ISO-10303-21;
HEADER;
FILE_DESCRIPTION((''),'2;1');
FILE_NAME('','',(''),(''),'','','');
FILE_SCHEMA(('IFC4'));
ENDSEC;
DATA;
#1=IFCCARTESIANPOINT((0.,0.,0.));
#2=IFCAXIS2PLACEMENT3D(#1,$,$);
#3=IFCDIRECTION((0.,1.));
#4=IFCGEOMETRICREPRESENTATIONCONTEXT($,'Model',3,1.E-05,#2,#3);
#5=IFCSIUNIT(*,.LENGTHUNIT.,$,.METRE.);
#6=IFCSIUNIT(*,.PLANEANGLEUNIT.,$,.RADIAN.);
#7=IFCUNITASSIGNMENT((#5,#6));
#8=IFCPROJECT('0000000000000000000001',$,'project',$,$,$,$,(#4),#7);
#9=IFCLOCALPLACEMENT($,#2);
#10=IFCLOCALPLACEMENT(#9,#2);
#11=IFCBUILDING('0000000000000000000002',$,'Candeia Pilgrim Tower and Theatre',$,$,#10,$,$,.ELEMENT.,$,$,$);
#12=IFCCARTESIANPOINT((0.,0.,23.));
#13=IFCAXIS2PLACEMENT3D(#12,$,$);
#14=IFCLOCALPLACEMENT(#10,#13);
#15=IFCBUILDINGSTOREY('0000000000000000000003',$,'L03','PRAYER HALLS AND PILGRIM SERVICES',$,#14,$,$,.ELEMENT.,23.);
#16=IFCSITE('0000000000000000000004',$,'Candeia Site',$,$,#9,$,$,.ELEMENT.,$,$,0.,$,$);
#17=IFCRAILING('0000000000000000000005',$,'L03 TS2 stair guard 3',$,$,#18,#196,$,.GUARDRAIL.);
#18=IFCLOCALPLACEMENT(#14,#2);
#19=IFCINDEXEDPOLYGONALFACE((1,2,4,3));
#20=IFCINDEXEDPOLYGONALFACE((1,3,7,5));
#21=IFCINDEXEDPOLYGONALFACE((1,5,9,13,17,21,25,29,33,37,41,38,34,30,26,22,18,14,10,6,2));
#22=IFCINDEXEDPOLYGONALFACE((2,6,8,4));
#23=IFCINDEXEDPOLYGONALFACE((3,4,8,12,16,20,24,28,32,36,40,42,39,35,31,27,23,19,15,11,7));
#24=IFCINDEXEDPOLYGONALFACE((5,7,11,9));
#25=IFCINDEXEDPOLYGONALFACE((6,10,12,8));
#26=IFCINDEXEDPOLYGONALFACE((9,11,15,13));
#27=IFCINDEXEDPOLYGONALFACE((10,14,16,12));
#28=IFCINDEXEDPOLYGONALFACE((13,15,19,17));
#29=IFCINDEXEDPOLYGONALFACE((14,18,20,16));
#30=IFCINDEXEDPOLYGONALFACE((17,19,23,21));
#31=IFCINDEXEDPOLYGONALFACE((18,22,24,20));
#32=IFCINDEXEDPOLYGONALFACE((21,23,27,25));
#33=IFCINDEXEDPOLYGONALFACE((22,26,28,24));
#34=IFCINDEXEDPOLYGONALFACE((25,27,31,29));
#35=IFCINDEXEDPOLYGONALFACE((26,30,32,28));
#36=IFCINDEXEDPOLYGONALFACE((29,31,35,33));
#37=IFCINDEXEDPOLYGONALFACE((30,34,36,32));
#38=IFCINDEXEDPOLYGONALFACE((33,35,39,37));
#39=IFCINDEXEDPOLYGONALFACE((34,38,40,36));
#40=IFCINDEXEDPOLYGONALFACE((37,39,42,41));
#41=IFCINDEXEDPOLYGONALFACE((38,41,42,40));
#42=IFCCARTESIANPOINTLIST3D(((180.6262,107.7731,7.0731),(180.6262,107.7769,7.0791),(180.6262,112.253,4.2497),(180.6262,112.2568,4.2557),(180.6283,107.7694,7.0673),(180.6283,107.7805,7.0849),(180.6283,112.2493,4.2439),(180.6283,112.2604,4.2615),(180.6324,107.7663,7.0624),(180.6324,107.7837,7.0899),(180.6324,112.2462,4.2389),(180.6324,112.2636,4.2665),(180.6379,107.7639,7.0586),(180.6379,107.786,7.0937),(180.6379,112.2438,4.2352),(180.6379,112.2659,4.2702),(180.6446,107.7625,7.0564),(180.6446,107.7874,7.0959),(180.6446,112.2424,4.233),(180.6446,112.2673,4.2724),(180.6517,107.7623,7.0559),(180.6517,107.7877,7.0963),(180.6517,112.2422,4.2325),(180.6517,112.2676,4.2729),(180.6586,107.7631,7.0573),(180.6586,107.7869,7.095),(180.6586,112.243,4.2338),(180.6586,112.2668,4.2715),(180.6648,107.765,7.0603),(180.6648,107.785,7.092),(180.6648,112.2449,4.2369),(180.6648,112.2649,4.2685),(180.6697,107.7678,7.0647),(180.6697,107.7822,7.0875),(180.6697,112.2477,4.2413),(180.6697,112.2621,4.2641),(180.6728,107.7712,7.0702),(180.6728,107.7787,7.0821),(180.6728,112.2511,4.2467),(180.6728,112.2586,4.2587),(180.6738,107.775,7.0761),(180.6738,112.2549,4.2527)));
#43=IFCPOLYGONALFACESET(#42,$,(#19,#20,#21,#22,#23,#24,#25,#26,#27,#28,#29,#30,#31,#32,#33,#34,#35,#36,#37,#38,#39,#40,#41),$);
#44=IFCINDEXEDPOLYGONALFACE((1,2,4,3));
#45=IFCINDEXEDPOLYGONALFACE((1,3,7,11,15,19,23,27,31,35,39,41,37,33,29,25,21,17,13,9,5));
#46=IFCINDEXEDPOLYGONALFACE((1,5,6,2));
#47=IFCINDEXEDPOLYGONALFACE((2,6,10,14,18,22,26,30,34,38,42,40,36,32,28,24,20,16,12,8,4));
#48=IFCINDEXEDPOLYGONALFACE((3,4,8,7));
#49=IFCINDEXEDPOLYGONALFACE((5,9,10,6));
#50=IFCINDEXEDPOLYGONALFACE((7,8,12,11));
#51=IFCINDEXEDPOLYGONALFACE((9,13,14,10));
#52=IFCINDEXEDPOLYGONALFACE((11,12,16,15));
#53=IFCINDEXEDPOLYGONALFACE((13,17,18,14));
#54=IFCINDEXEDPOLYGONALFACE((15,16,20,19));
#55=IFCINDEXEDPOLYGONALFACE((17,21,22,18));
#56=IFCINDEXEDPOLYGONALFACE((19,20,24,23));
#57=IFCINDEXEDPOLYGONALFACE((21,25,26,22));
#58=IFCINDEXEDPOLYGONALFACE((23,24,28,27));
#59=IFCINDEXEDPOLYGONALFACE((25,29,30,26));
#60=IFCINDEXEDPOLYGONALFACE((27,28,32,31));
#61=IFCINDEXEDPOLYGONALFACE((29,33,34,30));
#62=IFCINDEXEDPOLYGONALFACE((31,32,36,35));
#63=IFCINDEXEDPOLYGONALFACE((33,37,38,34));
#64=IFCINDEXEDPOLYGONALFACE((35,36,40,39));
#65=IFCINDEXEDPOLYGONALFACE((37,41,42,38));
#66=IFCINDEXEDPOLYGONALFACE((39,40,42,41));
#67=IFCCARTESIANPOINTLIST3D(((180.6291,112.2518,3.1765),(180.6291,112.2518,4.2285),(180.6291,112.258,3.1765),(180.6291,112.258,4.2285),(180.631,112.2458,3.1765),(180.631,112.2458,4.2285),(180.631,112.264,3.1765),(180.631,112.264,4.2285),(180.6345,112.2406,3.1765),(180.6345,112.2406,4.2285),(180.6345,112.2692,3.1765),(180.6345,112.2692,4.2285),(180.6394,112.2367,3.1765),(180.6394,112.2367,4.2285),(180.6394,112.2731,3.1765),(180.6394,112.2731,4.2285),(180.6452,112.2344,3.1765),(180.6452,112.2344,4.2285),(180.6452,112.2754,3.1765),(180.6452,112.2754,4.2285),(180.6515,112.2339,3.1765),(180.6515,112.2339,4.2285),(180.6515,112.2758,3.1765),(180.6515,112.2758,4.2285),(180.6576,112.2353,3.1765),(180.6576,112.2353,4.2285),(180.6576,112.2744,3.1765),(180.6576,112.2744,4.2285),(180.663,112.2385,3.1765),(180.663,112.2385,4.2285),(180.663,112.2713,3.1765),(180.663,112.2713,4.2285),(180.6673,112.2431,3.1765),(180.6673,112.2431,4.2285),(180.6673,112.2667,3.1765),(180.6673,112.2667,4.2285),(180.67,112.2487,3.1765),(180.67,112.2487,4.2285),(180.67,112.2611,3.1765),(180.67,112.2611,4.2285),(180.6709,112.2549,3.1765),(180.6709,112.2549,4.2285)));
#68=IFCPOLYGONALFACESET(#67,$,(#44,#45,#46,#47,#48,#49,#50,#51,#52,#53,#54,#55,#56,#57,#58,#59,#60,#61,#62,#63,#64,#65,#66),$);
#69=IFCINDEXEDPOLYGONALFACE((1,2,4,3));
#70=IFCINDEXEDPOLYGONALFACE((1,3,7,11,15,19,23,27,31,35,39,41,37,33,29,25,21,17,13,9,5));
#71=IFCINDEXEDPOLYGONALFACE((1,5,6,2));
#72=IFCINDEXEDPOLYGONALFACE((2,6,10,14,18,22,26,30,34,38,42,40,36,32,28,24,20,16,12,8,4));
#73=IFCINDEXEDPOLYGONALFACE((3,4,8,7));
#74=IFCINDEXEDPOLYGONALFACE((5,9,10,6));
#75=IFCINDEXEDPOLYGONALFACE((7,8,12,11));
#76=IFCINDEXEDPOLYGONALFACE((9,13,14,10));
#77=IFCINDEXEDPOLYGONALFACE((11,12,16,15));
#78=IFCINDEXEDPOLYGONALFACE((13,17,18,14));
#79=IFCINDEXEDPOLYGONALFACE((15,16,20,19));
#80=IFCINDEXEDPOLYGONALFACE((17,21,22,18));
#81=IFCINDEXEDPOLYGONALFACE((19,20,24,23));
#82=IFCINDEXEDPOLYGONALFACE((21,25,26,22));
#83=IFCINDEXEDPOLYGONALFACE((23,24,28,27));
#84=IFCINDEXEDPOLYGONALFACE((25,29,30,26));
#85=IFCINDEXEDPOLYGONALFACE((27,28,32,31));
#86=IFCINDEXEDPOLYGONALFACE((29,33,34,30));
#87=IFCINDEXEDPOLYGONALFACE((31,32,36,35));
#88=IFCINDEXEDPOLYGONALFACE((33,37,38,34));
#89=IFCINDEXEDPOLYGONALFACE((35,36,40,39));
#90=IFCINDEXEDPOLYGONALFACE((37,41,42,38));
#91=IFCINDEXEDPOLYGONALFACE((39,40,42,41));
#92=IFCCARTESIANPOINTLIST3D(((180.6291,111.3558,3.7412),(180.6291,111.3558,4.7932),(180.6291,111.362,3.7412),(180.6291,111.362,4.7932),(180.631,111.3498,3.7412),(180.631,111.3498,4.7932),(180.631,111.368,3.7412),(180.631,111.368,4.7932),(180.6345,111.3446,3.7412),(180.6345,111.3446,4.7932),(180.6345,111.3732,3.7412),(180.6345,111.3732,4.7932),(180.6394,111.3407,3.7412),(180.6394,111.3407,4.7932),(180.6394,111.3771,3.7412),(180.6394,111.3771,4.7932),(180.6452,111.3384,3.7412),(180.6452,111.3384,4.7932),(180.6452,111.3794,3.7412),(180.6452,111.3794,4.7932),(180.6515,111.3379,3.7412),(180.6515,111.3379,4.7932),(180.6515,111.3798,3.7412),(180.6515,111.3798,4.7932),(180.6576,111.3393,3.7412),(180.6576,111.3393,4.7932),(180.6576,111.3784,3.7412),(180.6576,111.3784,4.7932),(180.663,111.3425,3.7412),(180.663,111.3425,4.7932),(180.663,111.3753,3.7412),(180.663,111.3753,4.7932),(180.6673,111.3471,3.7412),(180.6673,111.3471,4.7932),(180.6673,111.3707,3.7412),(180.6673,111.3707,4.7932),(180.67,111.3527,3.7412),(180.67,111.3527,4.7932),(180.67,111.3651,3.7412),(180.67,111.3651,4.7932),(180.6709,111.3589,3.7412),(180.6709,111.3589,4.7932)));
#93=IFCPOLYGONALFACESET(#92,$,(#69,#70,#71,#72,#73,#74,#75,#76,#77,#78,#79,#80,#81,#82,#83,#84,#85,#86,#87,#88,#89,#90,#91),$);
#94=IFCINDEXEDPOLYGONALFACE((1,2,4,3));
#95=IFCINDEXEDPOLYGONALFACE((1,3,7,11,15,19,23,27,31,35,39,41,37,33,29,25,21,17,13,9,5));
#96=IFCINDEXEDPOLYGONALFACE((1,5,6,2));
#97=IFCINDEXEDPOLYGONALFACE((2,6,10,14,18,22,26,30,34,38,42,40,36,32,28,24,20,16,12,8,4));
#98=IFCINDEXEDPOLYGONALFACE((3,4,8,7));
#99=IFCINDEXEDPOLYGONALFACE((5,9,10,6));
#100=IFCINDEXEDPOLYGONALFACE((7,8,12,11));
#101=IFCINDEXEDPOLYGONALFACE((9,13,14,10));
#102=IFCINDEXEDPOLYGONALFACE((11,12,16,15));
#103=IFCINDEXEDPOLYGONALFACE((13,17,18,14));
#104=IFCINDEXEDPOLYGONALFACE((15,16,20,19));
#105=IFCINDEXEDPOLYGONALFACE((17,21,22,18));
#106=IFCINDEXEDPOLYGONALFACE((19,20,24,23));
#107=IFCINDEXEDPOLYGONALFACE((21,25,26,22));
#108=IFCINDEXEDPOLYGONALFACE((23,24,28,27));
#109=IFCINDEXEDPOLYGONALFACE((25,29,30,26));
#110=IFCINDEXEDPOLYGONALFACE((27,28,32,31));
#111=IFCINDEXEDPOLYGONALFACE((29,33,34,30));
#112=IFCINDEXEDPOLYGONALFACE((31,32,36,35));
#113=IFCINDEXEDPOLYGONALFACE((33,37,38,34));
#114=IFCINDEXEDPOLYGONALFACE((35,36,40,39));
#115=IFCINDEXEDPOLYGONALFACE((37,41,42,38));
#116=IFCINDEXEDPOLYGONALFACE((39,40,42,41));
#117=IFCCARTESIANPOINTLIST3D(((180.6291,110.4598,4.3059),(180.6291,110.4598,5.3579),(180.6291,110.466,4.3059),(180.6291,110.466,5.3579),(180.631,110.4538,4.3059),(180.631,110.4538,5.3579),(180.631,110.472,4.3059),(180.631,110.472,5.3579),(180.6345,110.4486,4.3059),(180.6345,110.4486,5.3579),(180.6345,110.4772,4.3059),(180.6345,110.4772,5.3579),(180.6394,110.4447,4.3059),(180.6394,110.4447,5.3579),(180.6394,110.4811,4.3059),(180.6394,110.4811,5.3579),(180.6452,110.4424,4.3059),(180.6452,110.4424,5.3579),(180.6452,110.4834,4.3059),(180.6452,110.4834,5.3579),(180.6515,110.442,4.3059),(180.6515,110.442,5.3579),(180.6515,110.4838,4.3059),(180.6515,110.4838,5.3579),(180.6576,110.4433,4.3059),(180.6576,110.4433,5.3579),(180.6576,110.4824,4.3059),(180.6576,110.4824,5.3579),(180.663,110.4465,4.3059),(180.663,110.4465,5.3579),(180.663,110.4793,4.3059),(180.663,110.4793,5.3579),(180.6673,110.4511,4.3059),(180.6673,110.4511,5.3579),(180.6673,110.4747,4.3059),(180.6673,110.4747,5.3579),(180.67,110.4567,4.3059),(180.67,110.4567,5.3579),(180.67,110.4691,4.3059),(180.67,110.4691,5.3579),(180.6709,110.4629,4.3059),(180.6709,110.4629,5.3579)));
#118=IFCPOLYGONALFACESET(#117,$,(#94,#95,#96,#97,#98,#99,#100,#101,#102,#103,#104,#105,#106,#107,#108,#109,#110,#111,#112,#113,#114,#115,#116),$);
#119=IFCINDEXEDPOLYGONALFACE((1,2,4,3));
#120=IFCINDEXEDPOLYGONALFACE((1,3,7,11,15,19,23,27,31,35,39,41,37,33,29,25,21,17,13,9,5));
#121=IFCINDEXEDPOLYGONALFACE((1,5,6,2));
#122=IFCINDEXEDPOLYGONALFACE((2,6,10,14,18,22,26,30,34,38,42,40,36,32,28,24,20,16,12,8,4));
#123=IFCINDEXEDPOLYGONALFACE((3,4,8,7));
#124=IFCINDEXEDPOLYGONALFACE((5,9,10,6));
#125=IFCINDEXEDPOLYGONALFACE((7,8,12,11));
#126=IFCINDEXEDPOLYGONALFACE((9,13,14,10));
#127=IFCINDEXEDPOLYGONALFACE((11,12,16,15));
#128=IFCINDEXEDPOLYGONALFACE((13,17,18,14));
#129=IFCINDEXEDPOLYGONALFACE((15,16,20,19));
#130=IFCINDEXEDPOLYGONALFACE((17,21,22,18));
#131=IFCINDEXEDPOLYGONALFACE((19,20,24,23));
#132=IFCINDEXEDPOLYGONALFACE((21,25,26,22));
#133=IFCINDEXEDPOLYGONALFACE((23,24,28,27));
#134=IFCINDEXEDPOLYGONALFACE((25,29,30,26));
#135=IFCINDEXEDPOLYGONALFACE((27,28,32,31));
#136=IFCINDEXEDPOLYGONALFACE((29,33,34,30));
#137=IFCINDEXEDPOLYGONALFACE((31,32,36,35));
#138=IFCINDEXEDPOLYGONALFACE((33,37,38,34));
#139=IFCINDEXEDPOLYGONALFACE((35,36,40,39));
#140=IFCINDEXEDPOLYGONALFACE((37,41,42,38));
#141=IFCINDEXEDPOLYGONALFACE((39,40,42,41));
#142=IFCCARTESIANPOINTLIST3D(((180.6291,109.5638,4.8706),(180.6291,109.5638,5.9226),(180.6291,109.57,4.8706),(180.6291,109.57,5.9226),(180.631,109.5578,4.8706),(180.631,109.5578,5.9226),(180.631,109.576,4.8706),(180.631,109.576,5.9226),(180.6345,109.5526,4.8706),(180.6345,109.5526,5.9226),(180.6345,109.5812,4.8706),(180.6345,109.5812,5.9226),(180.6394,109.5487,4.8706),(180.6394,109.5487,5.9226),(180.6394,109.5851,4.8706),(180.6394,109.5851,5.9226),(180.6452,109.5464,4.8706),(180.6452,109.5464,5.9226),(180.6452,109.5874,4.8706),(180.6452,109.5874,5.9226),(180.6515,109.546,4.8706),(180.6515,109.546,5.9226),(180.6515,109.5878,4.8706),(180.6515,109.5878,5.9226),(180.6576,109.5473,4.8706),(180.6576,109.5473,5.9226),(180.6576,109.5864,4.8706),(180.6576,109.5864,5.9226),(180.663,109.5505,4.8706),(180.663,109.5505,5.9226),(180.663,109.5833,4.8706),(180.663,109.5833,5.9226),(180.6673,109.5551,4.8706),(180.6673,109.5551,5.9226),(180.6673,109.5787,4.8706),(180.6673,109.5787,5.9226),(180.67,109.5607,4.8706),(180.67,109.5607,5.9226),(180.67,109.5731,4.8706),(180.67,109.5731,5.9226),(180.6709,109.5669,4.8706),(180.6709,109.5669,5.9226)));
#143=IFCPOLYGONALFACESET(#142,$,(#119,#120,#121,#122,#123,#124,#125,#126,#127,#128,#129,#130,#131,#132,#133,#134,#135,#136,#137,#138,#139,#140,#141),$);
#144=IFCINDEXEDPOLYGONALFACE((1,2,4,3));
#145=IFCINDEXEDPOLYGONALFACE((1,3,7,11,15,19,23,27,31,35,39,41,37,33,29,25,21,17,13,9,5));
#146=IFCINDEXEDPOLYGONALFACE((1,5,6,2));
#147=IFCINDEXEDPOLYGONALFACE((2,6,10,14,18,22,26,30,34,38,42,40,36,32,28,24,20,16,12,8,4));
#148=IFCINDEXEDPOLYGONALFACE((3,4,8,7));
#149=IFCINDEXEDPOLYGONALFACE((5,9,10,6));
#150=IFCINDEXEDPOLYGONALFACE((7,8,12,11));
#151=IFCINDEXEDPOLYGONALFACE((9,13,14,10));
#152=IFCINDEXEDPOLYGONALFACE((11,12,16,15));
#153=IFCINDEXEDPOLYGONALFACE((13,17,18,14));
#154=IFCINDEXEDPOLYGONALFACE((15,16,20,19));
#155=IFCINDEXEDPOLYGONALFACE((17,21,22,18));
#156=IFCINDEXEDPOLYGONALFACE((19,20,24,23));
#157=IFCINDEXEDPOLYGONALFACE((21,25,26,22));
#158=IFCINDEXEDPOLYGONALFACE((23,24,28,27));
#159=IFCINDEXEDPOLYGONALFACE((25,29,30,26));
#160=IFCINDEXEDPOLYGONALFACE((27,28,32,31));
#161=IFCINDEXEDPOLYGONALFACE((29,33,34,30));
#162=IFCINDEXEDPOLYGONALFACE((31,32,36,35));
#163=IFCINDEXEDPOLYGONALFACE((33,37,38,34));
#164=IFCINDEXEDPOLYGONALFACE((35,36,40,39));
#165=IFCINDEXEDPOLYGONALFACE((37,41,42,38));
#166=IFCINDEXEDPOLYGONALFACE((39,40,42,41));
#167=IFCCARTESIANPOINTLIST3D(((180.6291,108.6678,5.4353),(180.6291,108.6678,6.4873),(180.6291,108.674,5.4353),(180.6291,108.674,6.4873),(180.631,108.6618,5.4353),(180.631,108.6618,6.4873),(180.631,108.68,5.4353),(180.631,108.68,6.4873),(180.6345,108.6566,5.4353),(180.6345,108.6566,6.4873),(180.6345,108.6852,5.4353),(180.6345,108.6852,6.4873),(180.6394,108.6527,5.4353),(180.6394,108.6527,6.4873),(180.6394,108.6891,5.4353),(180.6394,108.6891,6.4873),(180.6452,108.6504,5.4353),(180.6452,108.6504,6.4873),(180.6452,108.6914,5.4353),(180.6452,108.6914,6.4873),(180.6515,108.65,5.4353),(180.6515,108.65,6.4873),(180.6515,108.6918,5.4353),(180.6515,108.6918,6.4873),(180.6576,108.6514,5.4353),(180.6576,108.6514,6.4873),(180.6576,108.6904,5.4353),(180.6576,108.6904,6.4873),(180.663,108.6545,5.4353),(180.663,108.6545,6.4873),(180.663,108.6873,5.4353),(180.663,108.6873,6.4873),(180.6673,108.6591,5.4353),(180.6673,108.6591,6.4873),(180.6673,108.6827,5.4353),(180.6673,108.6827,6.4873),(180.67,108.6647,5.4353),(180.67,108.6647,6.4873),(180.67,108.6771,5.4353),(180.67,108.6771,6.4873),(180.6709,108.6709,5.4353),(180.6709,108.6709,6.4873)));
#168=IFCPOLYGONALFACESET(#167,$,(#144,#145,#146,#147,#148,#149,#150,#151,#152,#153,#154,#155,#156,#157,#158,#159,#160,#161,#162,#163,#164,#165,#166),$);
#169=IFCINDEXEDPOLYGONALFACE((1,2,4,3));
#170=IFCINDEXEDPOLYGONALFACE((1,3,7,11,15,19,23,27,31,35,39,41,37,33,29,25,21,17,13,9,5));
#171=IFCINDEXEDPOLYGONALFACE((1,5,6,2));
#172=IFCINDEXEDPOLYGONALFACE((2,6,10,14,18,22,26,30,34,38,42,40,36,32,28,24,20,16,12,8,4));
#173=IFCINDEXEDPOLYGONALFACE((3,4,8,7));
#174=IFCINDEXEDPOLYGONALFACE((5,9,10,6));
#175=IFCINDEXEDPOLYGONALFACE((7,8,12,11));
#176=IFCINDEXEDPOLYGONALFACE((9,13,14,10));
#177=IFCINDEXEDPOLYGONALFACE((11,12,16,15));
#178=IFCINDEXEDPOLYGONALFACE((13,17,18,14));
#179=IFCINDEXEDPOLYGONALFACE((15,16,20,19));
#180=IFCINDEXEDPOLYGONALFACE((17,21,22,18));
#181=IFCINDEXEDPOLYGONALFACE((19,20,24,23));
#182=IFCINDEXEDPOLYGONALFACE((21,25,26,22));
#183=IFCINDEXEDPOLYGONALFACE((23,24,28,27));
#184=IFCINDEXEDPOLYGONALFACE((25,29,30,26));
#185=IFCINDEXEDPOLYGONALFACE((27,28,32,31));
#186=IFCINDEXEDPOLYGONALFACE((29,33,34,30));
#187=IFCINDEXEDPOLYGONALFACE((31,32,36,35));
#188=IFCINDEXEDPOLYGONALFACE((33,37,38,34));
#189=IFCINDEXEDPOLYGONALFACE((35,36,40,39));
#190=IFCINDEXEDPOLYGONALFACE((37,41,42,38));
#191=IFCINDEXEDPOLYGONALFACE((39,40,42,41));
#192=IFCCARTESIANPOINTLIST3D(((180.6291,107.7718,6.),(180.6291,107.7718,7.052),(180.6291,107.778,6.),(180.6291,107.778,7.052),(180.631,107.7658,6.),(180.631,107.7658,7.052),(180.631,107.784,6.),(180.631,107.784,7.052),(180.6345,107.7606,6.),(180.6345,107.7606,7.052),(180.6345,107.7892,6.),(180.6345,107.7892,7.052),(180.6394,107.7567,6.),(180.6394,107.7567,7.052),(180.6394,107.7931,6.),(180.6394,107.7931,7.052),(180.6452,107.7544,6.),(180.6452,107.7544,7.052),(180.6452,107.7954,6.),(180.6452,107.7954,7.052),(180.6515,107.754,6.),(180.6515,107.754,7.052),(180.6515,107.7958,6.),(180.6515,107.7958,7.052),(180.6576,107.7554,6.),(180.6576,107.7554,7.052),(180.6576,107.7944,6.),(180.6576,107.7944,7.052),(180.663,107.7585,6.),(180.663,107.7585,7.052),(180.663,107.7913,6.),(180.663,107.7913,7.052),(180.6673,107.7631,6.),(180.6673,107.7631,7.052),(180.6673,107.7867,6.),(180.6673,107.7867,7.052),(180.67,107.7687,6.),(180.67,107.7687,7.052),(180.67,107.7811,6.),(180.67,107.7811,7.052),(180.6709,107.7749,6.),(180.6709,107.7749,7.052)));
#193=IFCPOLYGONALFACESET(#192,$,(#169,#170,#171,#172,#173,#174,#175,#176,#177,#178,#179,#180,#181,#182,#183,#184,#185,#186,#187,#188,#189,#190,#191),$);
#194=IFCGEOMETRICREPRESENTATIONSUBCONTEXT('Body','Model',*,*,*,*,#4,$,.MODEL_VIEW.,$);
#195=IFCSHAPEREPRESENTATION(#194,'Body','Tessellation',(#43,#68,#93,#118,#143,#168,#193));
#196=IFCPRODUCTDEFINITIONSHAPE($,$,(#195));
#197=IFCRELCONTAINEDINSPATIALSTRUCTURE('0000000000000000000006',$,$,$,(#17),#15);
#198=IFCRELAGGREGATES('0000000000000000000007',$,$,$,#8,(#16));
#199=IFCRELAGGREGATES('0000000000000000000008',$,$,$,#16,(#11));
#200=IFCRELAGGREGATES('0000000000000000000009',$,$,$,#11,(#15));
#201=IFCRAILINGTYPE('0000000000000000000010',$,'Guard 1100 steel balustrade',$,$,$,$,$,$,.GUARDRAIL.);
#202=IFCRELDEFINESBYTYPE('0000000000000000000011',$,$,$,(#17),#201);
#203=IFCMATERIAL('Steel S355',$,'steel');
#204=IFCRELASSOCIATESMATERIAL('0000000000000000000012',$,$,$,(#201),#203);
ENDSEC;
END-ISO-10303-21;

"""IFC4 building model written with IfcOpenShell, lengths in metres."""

from ifc_helpers import new_model, si_unit, direction, frame, origin, origin_2d, place, context, subcontext, project, spatial, circle, extrude, material, type_object, element, save


model = new_model("IFC4")

# Units and contexts
model_context = context("Model", 3, precision=1e-05, world=origin(), true_north=direction((0.0, 1.0)))
body_context = subcontext(model_context, "Body", "Model", "MODEL_VIEW")
ifc_project = project(units=[si_unit("LENGTHUNIT", "METRE"), si_unit("PLANEANGLEUNIT", "RADIAN")], contexts=[model_context])

# Site, building, storey
site_placement = place(None, origin())
site = spatial("IfcSite", under=ifc_project, at=site_placement, Name="Candeia Site", CompositionType="ELEMENT", RefElevation=0.0)
building_placement = place(site_placement, origin())
building = spatial("IfcBuilding", under=site, at=building_placement, Name="Candeia Pilgrim Tower and Theatre", CompositionType="ELEMENT")
storey_placement = place(building_placement, frame((0.0, 0.0, 23.0)))
storey = spatial("IfcBuildingStorey", under=building, at=storey_placement, Name="L03", Description="PRAYER HALLS AND PILGRIM SERVICES", CompositionType="ELEMENT", Elevation=23.0)

# Railing
ifc_material_1 = material(Name="Steel S355", Category="steel")
railing_type_1 = type_object("IfcRailingType", Name="Guard 1100 steel balustrade", PredefinedType="GUARDRAIL", material=ifc_material_1)
railing_1_placement = place(storey_placement, frame((180.6499, 112.2549, 3.1765)))
element("IfcRailing", 1, at=railing_1_placement, inside=storey, type_object=railing_type_1, Name="L03 TS2 stair guard 3", PredefinedType="GUARDRAIL", context=body_context, shape_type="SweptSolid", body=[
    extrude(circle(Radius=0.0239, at=origin_2d()), frame((0.0, 0.0, 1.0762), z_axis=(0.0, -0.845998, 0.533186), x_axis=(1.0, 0.0, 0.0)), (0.0, 0.0, 1.0), 5.2954),
    extrude(circle(Radius=0.021, at=origin_2d()), origin(), (0.0, 0.0, 1.0), 1.052),
    extrude(circle(Radius=0.021, at=origin_2d()), frame((0.0, -0.896, 0.5647)), (0.0, 0.0, 1.0), 1.052),
    extrude(circle(Radius=0.021, at=origin_2d()), frame((0.0, -1.792, 1.1294)), (0.0, 0.0, 1.0), 1.052),
    extrude(circle(Radius=0.021, at=origin_2d()), frame((0.0, -2.688, 1.6941)), (0.0, 0.0, 1.0), 1.052),
    extrude(circle(Radius=0.021, at=origin_2d()), frame((0.0, -3.584, 2.2588)), (0.0, 0.0, 1.0), 1.052),
    extrude(circle(Radius=0.021, at=origin_2d()), frame((0.0, -4.48, 2.8235)), (0.0, 0.0, 1.0), 1.052),
])

save(model, "model.ifc")
